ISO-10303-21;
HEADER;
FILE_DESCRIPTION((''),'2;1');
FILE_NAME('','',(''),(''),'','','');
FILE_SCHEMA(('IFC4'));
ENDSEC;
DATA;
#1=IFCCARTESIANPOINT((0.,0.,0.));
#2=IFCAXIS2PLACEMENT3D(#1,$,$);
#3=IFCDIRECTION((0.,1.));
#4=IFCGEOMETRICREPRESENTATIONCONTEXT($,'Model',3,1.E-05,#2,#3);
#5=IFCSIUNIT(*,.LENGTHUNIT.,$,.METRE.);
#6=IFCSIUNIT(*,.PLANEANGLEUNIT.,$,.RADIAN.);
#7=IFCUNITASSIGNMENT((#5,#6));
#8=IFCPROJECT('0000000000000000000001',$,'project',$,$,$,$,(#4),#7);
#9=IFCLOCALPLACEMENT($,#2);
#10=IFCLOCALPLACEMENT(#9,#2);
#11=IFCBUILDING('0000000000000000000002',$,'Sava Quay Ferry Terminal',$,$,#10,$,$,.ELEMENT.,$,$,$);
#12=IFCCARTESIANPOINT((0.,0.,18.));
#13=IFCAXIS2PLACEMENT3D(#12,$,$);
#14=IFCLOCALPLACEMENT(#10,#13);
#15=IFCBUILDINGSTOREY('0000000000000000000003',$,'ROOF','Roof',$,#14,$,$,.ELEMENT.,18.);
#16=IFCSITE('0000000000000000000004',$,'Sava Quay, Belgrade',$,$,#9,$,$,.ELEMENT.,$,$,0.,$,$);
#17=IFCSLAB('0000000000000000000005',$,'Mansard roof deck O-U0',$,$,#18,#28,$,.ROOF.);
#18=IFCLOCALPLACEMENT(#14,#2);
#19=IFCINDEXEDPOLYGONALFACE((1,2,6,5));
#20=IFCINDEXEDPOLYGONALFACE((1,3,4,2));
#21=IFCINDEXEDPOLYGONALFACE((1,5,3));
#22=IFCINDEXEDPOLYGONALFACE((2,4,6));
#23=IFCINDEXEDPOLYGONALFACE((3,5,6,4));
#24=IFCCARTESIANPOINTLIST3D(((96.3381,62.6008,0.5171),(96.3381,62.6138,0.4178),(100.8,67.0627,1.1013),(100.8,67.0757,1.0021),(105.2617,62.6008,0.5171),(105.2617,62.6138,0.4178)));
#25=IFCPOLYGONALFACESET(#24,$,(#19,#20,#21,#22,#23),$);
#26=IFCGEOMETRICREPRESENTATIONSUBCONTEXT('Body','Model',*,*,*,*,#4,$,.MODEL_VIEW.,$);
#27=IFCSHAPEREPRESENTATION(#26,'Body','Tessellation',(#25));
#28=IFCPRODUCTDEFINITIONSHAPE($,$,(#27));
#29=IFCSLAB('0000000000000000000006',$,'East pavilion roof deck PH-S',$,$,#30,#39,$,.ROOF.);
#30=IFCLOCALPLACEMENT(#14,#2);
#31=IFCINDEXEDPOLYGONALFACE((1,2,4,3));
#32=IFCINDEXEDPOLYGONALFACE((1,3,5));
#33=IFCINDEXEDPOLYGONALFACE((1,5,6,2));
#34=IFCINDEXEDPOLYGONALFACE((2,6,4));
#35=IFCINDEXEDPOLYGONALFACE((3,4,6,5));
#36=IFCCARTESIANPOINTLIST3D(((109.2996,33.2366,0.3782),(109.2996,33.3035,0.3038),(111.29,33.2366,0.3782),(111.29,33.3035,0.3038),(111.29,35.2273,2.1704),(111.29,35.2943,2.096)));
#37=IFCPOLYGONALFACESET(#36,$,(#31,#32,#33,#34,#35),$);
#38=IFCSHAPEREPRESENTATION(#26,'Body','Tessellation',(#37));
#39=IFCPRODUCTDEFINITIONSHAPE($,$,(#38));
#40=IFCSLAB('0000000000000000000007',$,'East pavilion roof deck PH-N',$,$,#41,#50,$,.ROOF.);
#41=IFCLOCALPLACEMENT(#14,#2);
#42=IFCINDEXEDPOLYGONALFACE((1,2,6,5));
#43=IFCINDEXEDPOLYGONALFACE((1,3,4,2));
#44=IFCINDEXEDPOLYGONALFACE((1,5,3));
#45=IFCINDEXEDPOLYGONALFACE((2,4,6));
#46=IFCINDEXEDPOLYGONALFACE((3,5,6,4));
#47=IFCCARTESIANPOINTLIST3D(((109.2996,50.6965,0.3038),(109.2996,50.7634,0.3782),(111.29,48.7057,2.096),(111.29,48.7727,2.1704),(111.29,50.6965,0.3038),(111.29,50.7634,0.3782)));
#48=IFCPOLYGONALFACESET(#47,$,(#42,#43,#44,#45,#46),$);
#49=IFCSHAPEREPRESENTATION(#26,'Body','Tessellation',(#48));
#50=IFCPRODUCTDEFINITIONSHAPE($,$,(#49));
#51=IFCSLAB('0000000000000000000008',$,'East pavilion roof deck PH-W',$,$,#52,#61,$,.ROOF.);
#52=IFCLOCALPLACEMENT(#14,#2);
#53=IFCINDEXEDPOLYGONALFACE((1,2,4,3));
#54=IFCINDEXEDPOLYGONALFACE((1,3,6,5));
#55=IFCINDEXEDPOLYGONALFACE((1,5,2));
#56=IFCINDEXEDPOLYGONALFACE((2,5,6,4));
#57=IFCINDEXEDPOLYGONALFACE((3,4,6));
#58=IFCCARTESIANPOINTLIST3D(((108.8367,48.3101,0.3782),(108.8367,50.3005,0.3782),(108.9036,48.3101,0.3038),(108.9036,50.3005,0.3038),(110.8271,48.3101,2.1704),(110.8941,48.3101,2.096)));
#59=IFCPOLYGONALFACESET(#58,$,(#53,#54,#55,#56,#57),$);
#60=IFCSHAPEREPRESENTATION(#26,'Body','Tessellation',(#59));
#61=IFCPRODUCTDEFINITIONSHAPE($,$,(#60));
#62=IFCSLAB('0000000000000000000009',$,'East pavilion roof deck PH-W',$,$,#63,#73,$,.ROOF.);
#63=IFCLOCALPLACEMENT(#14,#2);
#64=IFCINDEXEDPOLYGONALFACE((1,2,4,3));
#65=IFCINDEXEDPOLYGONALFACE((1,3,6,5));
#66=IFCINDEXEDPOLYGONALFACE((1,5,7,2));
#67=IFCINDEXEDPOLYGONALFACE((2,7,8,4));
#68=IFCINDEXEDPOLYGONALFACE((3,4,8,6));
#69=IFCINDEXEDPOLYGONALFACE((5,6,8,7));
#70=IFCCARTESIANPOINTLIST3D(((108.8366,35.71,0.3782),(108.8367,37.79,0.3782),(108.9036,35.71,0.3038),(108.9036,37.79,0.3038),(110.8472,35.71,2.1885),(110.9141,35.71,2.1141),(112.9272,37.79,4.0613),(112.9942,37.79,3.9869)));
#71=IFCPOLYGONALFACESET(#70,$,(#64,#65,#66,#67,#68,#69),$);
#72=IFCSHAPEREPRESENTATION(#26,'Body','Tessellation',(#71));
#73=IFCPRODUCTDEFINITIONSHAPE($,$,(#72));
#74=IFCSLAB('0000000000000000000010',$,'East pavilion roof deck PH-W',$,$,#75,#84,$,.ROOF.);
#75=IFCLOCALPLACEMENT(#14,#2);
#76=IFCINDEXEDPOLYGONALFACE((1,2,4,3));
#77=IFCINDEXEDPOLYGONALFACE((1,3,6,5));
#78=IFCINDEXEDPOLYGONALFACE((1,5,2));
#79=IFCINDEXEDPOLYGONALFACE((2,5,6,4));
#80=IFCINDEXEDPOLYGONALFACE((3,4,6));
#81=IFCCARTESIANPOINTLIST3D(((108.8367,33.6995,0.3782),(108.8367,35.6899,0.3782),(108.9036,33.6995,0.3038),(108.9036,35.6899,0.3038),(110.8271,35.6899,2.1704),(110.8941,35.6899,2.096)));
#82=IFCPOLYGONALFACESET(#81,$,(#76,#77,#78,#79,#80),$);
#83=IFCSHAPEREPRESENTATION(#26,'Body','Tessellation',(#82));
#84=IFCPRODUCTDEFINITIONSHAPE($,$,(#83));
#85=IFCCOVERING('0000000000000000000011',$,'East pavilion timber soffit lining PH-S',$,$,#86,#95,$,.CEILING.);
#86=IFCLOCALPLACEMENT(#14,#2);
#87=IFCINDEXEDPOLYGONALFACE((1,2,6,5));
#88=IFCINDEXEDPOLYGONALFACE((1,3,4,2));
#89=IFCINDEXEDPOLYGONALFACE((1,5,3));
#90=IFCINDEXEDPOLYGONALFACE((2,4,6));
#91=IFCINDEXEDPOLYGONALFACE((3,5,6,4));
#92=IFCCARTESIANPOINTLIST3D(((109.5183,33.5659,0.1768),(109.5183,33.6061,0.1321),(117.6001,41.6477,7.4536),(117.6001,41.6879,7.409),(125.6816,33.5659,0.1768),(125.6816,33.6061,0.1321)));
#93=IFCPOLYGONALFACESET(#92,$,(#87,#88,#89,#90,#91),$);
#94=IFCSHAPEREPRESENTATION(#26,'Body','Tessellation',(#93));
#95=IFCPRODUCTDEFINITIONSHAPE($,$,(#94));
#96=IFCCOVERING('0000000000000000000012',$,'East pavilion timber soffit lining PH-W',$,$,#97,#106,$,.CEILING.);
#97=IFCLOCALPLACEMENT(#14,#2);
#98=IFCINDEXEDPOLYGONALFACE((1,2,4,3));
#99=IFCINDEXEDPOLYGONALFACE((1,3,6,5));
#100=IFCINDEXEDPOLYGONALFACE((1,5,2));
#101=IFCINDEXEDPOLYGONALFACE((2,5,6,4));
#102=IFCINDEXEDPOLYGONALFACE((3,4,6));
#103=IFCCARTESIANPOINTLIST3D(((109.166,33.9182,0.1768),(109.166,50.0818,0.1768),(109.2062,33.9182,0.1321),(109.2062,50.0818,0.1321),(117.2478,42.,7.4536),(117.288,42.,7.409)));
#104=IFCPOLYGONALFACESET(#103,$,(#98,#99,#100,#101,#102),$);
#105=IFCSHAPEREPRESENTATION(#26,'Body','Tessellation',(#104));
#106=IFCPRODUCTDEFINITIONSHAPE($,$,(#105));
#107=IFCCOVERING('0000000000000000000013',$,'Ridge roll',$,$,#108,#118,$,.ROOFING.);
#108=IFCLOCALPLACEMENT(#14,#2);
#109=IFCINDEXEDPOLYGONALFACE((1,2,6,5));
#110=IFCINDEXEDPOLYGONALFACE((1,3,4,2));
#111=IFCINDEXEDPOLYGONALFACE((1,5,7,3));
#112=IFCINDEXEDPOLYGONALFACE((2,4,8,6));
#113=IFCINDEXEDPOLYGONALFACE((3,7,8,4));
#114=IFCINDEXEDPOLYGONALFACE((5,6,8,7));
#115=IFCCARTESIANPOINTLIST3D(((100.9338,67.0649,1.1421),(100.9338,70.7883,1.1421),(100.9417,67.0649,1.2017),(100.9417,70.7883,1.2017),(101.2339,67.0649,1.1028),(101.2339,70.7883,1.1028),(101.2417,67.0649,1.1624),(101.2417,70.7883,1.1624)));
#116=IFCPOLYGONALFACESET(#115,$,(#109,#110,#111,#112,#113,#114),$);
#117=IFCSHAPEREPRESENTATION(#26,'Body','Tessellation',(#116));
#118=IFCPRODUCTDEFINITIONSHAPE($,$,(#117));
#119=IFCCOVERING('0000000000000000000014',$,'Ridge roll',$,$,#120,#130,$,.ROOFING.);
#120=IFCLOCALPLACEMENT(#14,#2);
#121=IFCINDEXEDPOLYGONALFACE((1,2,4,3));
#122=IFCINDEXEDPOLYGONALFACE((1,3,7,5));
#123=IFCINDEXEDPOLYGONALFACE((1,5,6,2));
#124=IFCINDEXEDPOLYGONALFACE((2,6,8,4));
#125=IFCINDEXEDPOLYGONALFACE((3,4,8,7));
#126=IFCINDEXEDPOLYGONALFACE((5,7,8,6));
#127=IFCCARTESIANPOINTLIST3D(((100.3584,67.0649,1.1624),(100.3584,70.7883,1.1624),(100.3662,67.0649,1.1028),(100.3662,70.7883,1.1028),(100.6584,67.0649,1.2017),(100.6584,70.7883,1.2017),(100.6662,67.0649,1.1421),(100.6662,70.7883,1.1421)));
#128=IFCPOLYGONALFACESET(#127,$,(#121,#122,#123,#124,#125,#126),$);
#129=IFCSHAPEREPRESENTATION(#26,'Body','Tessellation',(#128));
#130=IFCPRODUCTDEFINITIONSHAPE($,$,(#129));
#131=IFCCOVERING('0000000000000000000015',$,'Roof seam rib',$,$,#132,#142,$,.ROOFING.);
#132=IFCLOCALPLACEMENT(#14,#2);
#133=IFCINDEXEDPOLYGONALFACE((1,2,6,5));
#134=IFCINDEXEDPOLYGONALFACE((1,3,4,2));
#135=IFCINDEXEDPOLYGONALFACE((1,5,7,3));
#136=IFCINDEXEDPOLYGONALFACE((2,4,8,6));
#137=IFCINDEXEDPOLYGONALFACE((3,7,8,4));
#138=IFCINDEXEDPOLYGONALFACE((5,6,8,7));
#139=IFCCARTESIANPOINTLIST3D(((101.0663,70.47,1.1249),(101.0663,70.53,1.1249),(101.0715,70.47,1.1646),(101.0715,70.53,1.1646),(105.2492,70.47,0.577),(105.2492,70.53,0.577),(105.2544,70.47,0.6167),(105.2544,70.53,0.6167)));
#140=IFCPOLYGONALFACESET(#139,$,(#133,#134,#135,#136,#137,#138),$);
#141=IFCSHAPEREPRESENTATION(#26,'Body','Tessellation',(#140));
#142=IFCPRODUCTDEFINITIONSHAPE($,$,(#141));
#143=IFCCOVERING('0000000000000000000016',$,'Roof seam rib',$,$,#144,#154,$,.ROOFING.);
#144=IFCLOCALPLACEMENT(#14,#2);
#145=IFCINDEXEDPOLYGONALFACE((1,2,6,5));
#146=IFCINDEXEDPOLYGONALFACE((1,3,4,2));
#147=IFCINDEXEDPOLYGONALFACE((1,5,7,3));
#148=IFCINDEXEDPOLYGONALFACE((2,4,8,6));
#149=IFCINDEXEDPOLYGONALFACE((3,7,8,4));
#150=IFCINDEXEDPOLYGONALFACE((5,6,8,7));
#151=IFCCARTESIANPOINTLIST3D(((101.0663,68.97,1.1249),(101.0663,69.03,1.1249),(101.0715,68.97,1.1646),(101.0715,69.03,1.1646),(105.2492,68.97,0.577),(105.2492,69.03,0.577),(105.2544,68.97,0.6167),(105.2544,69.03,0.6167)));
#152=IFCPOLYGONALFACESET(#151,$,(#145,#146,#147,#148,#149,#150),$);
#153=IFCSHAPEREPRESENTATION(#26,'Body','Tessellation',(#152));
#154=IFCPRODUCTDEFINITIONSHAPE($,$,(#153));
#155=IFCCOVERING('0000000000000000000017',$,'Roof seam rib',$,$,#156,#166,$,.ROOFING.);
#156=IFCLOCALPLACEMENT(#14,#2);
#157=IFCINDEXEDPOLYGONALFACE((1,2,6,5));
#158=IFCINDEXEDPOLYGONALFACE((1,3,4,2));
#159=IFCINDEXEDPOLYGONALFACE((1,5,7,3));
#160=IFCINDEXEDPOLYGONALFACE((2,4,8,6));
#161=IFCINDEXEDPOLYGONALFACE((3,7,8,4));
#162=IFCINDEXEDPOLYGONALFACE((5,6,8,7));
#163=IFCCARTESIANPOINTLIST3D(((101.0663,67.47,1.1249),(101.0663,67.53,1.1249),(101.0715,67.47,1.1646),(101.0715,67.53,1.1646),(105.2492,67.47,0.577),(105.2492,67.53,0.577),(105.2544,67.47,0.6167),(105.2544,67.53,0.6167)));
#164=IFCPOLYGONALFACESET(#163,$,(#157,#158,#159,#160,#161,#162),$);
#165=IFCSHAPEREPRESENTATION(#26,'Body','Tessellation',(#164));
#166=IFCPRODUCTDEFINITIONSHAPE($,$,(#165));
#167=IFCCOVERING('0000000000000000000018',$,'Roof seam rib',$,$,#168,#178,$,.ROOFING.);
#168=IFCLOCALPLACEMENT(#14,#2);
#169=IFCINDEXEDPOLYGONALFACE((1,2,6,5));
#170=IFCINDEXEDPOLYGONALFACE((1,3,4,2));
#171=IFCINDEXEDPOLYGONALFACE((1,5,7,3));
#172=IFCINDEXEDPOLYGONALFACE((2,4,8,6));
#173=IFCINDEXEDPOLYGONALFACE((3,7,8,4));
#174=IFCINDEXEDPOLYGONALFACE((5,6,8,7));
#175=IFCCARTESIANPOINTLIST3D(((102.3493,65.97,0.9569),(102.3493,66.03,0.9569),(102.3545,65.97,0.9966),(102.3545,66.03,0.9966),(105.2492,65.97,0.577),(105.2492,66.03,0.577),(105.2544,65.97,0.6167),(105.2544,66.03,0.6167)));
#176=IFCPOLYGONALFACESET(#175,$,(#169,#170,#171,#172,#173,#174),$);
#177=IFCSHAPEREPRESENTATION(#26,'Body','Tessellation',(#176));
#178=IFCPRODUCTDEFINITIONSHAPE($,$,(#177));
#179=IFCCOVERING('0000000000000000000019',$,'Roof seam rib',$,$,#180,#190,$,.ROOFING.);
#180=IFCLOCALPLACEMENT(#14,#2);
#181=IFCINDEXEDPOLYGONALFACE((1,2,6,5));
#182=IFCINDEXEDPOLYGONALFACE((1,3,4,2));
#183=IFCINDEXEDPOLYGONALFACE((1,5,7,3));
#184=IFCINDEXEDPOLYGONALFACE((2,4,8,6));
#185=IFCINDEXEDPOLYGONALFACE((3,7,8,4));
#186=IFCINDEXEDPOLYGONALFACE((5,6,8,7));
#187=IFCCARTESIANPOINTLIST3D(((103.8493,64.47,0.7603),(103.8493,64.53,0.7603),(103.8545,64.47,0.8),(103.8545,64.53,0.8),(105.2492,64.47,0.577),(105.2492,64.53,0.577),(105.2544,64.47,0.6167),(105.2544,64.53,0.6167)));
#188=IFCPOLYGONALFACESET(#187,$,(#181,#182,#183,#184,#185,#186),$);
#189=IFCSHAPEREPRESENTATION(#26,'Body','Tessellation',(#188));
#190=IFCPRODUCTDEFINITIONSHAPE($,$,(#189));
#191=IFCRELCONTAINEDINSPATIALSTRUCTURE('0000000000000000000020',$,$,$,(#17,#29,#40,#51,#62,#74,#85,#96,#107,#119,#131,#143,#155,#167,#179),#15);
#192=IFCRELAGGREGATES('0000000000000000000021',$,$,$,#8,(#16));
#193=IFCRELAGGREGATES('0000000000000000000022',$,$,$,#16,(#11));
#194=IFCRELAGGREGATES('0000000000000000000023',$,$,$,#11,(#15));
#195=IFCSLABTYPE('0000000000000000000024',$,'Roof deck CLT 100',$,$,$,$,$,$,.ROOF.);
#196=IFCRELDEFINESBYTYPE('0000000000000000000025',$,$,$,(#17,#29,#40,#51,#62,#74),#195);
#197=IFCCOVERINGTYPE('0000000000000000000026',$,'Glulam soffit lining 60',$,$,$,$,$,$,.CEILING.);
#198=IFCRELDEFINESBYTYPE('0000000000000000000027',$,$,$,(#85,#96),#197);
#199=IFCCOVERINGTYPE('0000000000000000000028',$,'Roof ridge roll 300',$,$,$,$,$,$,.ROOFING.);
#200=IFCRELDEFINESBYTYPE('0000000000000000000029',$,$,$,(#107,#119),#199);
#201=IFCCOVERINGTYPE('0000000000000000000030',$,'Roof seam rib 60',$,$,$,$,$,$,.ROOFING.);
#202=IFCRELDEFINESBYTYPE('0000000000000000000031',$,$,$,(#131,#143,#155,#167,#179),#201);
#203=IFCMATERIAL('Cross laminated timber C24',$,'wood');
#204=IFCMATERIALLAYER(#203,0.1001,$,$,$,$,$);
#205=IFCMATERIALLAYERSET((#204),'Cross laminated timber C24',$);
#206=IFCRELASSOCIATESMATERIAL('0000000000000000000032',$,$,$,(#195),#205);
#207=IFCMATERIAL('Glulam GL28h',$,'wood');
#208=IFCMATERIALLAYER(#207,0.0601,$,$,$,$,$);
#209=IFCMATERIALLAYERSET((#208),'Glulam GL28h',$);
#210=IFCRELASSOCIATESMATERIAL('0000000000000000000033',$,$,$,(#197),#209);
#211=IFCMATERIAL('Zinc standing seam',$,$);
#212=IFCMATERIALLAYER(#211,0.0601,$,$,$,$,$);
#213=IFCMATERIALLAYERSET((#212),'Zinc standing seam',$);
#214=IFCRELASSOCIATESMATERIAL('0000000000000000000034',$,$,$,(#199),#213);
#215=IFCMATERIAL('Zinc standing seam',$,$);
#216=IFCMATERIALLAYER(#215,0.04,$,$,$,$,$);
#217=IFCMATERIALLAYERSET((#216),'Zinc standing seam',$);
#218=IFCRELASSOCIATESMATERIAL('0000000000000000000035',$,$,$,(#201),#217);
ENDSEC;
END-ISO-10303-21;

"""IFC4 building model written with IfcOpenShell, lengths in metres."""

from ifc_helpers import new_model, si_unit, direction, frame, origin, place, context, subcontext, project, spatial, polyline, outline, extrude, material, layer, layer_set, type_object, element, save


model = new_model("IFC4")

# Units and contexts
model_context = context("Model", 3, precision=1e-05, world=origin(), true_north=direction((0.0, 1.0)))
body_context = subcontext(model_context, "Body", "Model", "MODEL_VIEW")
ifc_project = project(units=[si_unit("LENGTHUNIT", "METRE"), si_unit("PLANEANGLEUNIT", "RADIAN")], contexts=[model_context])

# Site, building, storey
site_placement = place(None, origin())
site = spatial("IfcSite", under=ifc_project, at=site_placement, Name="Sava Quay, Belgrade", CompositionType="ELEMENT", RefElevation=0.0)
building_placement = place(site_placement, origin())
building = spatial("IfcBuilding", under=site, at=building_placement, Name="Sava Quay Ferry Terminal", CompositionType="ELEMENT")
storey_placement = place(building_placement, frame((0.0, 0.0, 18.0)))
storey = spatial("IfcBuildingStorey", under=building, at=storey_placement, Name="ROOF", Description="Roof", CompositionType="ELEMENT", Elevation=18.0)

# Slabs
ifc_material_1 = material(Name="Cross laminated timber C24", Category="wood")
ifc_layer_1 = layer(ifc_material_1, 0.1001)
ifc_layer_set_1 = layer_set([ifc_layer_1], Name="Cross laminated timber C24")
slab_type = type_object("IfcSlabType", Name="Roof deck CLT 100", PredefinedType="ROOF", material=ifc_layer_set_1)
slab_1_placement = place(storey_placement, frame((96.3381, 62.6008, 0.5171), z_axis=(0.0, -0.129829, 0.991536), x_axis=(0.704095, 0.704095, 0.092192)))
element("IfcSlab", 1, at=slab_1_placement, inside=storey, type_object=slab_type, Name="Mansard roof deck O-U0", PredefinedType="ROOF", context=body_context, shape_type="SweptSolid", body=[
    extrude(outline(polyline([(0.0, 0.0), (6.3371, 0.0), (6.2831, -6.3367), (0.0, 0.0)])), origin(), (0.0, 0.0, -1.0), 0.1001),
])
slab_2_placement = place(storey_placement, frame((111.29, 35.2273, 2.1704), z_axis=(0.0, -0.669086, 0.743185), x_axis=(0.0, -0.743185, -0.669086)))
element("IfcSlab", 2, at=slab_2_placement, inside=storey, type_object=slab_type, Name="East pavilion roof deck PH-S", PredefinedType="ROOF", context=body_context, shape_type="SweptSolid", body=[
    extrude(outline(polyline([(0.0, 0.0), (2.6786, 0.0), (2.6786, -1.9905), (0.0, 0.0)])), origin(), (0.0, 0.0, -1.0), 0.1001),
])
slab_3_placement = place(storey_placement, frame((109.2996, 50.7634, 0.3782), z_axis=(0.0, 0.669086, 0.743185), x_axis=(1.0, 0.0, 0.0)))
element("IfcSlab", 3, at=slab_3_placement, inside=storey, type_object=slab_type, Name="East pavilion roof deck PH-N", PredefinedType="ROOF", context=body_context, shape_type="SweptSolid", body=[
    extrude(outline(polyline([(0.0, 0.0), (1.9905, 0.0), (1.9905, -2.6786), (0.0, 0.0)])), origin(), (0.0, 0.0, -1.0), 0.1001),
])
slab_4_placement = place(storey_placement, frame((110.8271, 48.3101, 2.1704), z_axis=(-0.669131, 0.0, 0.743145), x_axis=(-0.743145, 0.0, -0.669131)))
element("IfcSlab", 4, at=slab_4_placement, inside=storey, type_object=slab_type, Name="East pavilion roof deck PH-W", PredefinedType="ROOF", context=body_context, shape_type="SweptSolid", body=[
    extrude(outline(polyline([(0.0, 0.0), (2.6785, 0.0), (2.6785, -1.9905), (0.0, 0.0)])), origin(), (0.0, 0.0, -1.0), 0.1001),
])
slab_5_placement = place(storey_placement, frame((110.8472, 35.71, 2.1885), z_axis=(-0.669129, 0.000018, 0.743146), x_axis=(-0.743146, 0.0, -0.669129)))
element("IfcSlab", 5, at=slab_5_placement, inside=storey, type_object=slab_type, Name="East pavilion roof deck PH-W", PredefinedType="ROOF", context=body_context, shape_type="SweptSolid", body=[
    extrude(outline(polyline([(0.0, 0.0), (2.7054, 0.0), (2.7054, -2.0801), (-2.7989, -2.0801), (0.0, 0.0)])), origin(), (0.0, 0.0, -1.0), 0.1001),
])
slab_6_placement = place(storey_placement, frame((108.8367, 33.6995, 0.3782), z_axis=(-0.669131, 0.0, 0.743145), x_axis=(0.0, 1.0, 0.0)))
element("IfcSlab", 6, at=slab_6_placement, inside=storey, type_object=slab_type, Name="East pavilion roof deck PH-W", PredefinedType="ROOF", context=body_context, shape_type="SweptSolid", body=[
    extrude(outline(polyline([(0.0, 0.0), (1.9905, 0.0), (1.9905, -2.6785), (0.0, 0.0)])), origin(), (0.0, 0.0, -1.0), 0.1001),
])

# Coverings
ifc_material_2 = material(Name="Glulam GL28h", Category="wood")
ifc_layer_2 = layer(ifc_material_2, 0.0601)
ifc_layer_set_2 = layer_set([ifc_layer_2], Name="Glulam GL28h")
covering_type_1 = type_object("IfcCoveringType", Name="Glulam soffit lining 60", PredefinedType="CEILING", material=ifc_layer_set_2)
covering_1_placement = place(storey_placement, frame((109.5183, 33.5659, 0.1768), z_axis=(0.0, -0.66913, 0.743146), x_axis=(0.596473, 0.596473, 0.537066)))
element("IfcCovering", 7, at=covering_1_placement, inside=storey, type_object=covering_type_1, Name="East pavilion timber soffit lining PH-S", PredefinedType="CEILING", context=body_context, shape_type="SweptSolid", body=[
    extrude(outline(polyline([(0.0, 0.0), (13.5493, 0.0), (9.641, -12.9732), (0.0, 0.0)])), origin(), (0.0, 0.0, -1.0), 0.0601),
])
covering_2_placement = place(storey_placement, frame((109.166, 50.0818, 0.1768), z_axis=(-0.66913, 0.0, 0.743146), x_axis=(0.596473, -0.596473, 0.537066)))
element("IfcCovering", 8, at=covering_2_placement, inside=storey, type_object=covering_type_1, Name="East pavilion timber soffit lining PH-W", PredefinedType="CEILING", context=body_context, shape_type="SweptSolid", body=[
    extrude(outline(polyline([(0.0, 0.0), (13.5493, 0.0), (9.6411, -12.9734), (0.0, 0.0)])), origin(), (0.0, 0.0, -1.0), 0.0601),
])
ifc_material_3 = material(Name="Zinc standing seam")
ifc_layer_3 = layer(ifc_material_3, 0.0601)
ifc_layer_set_3 = layer_set([ifc_layer_3], Name="Zinc standing seam")
covering_type_2 = type_object("IfcCoveringType", Name="Roof ridge roll 300", PredefinedType="ROOFING", material=ifc_layer_set_3)
for number, where, z_axis, x_axis, name in (
    (9, (100.9417, 67.0649, 1.2017), (0.129891, 0.0, 0.991528), (0.0, 1.0, 0.0), "Ridge roll"),
    (10, (100.3584, 67.0649, 1.1624), (-0.129891, 0.0, 0.991528), (0.0, 1.0, 0.0), "Ridge roll"),
):
    element("IfcCovering", number, at=place(storey_placement, frame(where, z_axis=z_axis, x_axis=x_axis)), inside=storey, type_object=covering_type_2, Name=name, PredefinedType="ROOFING", context=body_context, shape_type="SweptSolid", body=[
        extrude(outline(polyline([(0.0, 0.0), (3.7234, 0.0), (3.7234, -0.3026), (0.0, -0.3026), (0.0, 0.0)])), origin(), (0.0, 0.0, -1.0), 0.0601),
    ])
ifc_material_4 = material(Name="Zinc standing seam")
ifc_layer_4 = layer(ifc_material_4, 0.04)
ifc_layer_set_4 = layer_set([ifc_layer_4], Name="Zinc standing seam")
covering_type_3 = type_object("IfcCoveringType", Name="Roof seam rib 60", PredefinedType="ROOFING", material=ifc_layer_set_4)
for number, where, z_axis, x_axis, name in (
    (11, (105.2544, 70.47, 0.6167), (0.129866, 0.0, 0.991532), (-0.991532, 0.0, 0.129866), "Roof seam rib"),
    (12, (105.2544, 68.97, 0.6167), (0.129866, 0.0, 0.991532), (-0.991532, 0.0, 0.129866), "Roof seam rib"),
    (13, (105.2544, 67.47, 0.6167), (0.129866, 0.0, 0.991532), (-0.991532, 0.0, 0.129866), "Roof seam rib"),
):
    element("IfcCovering", number, at=place(storey_placement, frame(where, z_axis=z_axis, x_axis=x_axis)), inside=storey, type_object=covering_type_3, Name=name, PredefinedType="ROOFING", context=body_context, shape_type="SweptSolid", body=[
        extrude(outline(polyline([(0.0, 0.0), (4.2186, 0.0), (4.2186, -0.0601), (0.0, -0.0601), (0.0, 0.0)])), origin(), (0.0, 0.0, -1.0), 0.04),
    ])
covering_3_placement = place(storey_placement, frame((105.2544, 65.97, 0.6167), z_axis=(0.129889, 0.0, 0.991529), x_axis=(-0.991529, 0.0, 0.129889)))
element("IfcCovering", 14, at=covering_3_placement, inside=storey, type_object=covering_type_3, Name="Roof seam rib", PredefinedType="ROOFING", context=body_context, shape_type="SweptSolid", body=[
    extrude(outline(polyline([(0.0, 0.0), (2.9247, 0.0), (2.9247, -0.0601), (0.0, -0.0601), (0.0, 0.0)])), origin(), (0.0, 0.0, -1.0), 0.04),
])
covering_4_placement = place(storey_placement, frame((105.2544, 64.47, 0.6167), z_axis=(0.129864, 0.0, 0.991532), x_axis=(-0.991532, 0.0, 0.129864)))
element("IfcCovering", 15, at=covering_4_placement, inside=storey, type_object=covering_type_3, Name="Roof seam rib", PredefinedType="ROOFING", context=body_context, shape_type="SweptSolid", body=[
    extrude(outline(polyline([(0.0, 0.0), (1.4119, 0.0), (1.4119, -0.0601), (0.0, -0.0601), (0.0, 0.0)])), origin(), (0.0, 0.0, -1.0), 0.04),
])

save(model, "model.ifc")
